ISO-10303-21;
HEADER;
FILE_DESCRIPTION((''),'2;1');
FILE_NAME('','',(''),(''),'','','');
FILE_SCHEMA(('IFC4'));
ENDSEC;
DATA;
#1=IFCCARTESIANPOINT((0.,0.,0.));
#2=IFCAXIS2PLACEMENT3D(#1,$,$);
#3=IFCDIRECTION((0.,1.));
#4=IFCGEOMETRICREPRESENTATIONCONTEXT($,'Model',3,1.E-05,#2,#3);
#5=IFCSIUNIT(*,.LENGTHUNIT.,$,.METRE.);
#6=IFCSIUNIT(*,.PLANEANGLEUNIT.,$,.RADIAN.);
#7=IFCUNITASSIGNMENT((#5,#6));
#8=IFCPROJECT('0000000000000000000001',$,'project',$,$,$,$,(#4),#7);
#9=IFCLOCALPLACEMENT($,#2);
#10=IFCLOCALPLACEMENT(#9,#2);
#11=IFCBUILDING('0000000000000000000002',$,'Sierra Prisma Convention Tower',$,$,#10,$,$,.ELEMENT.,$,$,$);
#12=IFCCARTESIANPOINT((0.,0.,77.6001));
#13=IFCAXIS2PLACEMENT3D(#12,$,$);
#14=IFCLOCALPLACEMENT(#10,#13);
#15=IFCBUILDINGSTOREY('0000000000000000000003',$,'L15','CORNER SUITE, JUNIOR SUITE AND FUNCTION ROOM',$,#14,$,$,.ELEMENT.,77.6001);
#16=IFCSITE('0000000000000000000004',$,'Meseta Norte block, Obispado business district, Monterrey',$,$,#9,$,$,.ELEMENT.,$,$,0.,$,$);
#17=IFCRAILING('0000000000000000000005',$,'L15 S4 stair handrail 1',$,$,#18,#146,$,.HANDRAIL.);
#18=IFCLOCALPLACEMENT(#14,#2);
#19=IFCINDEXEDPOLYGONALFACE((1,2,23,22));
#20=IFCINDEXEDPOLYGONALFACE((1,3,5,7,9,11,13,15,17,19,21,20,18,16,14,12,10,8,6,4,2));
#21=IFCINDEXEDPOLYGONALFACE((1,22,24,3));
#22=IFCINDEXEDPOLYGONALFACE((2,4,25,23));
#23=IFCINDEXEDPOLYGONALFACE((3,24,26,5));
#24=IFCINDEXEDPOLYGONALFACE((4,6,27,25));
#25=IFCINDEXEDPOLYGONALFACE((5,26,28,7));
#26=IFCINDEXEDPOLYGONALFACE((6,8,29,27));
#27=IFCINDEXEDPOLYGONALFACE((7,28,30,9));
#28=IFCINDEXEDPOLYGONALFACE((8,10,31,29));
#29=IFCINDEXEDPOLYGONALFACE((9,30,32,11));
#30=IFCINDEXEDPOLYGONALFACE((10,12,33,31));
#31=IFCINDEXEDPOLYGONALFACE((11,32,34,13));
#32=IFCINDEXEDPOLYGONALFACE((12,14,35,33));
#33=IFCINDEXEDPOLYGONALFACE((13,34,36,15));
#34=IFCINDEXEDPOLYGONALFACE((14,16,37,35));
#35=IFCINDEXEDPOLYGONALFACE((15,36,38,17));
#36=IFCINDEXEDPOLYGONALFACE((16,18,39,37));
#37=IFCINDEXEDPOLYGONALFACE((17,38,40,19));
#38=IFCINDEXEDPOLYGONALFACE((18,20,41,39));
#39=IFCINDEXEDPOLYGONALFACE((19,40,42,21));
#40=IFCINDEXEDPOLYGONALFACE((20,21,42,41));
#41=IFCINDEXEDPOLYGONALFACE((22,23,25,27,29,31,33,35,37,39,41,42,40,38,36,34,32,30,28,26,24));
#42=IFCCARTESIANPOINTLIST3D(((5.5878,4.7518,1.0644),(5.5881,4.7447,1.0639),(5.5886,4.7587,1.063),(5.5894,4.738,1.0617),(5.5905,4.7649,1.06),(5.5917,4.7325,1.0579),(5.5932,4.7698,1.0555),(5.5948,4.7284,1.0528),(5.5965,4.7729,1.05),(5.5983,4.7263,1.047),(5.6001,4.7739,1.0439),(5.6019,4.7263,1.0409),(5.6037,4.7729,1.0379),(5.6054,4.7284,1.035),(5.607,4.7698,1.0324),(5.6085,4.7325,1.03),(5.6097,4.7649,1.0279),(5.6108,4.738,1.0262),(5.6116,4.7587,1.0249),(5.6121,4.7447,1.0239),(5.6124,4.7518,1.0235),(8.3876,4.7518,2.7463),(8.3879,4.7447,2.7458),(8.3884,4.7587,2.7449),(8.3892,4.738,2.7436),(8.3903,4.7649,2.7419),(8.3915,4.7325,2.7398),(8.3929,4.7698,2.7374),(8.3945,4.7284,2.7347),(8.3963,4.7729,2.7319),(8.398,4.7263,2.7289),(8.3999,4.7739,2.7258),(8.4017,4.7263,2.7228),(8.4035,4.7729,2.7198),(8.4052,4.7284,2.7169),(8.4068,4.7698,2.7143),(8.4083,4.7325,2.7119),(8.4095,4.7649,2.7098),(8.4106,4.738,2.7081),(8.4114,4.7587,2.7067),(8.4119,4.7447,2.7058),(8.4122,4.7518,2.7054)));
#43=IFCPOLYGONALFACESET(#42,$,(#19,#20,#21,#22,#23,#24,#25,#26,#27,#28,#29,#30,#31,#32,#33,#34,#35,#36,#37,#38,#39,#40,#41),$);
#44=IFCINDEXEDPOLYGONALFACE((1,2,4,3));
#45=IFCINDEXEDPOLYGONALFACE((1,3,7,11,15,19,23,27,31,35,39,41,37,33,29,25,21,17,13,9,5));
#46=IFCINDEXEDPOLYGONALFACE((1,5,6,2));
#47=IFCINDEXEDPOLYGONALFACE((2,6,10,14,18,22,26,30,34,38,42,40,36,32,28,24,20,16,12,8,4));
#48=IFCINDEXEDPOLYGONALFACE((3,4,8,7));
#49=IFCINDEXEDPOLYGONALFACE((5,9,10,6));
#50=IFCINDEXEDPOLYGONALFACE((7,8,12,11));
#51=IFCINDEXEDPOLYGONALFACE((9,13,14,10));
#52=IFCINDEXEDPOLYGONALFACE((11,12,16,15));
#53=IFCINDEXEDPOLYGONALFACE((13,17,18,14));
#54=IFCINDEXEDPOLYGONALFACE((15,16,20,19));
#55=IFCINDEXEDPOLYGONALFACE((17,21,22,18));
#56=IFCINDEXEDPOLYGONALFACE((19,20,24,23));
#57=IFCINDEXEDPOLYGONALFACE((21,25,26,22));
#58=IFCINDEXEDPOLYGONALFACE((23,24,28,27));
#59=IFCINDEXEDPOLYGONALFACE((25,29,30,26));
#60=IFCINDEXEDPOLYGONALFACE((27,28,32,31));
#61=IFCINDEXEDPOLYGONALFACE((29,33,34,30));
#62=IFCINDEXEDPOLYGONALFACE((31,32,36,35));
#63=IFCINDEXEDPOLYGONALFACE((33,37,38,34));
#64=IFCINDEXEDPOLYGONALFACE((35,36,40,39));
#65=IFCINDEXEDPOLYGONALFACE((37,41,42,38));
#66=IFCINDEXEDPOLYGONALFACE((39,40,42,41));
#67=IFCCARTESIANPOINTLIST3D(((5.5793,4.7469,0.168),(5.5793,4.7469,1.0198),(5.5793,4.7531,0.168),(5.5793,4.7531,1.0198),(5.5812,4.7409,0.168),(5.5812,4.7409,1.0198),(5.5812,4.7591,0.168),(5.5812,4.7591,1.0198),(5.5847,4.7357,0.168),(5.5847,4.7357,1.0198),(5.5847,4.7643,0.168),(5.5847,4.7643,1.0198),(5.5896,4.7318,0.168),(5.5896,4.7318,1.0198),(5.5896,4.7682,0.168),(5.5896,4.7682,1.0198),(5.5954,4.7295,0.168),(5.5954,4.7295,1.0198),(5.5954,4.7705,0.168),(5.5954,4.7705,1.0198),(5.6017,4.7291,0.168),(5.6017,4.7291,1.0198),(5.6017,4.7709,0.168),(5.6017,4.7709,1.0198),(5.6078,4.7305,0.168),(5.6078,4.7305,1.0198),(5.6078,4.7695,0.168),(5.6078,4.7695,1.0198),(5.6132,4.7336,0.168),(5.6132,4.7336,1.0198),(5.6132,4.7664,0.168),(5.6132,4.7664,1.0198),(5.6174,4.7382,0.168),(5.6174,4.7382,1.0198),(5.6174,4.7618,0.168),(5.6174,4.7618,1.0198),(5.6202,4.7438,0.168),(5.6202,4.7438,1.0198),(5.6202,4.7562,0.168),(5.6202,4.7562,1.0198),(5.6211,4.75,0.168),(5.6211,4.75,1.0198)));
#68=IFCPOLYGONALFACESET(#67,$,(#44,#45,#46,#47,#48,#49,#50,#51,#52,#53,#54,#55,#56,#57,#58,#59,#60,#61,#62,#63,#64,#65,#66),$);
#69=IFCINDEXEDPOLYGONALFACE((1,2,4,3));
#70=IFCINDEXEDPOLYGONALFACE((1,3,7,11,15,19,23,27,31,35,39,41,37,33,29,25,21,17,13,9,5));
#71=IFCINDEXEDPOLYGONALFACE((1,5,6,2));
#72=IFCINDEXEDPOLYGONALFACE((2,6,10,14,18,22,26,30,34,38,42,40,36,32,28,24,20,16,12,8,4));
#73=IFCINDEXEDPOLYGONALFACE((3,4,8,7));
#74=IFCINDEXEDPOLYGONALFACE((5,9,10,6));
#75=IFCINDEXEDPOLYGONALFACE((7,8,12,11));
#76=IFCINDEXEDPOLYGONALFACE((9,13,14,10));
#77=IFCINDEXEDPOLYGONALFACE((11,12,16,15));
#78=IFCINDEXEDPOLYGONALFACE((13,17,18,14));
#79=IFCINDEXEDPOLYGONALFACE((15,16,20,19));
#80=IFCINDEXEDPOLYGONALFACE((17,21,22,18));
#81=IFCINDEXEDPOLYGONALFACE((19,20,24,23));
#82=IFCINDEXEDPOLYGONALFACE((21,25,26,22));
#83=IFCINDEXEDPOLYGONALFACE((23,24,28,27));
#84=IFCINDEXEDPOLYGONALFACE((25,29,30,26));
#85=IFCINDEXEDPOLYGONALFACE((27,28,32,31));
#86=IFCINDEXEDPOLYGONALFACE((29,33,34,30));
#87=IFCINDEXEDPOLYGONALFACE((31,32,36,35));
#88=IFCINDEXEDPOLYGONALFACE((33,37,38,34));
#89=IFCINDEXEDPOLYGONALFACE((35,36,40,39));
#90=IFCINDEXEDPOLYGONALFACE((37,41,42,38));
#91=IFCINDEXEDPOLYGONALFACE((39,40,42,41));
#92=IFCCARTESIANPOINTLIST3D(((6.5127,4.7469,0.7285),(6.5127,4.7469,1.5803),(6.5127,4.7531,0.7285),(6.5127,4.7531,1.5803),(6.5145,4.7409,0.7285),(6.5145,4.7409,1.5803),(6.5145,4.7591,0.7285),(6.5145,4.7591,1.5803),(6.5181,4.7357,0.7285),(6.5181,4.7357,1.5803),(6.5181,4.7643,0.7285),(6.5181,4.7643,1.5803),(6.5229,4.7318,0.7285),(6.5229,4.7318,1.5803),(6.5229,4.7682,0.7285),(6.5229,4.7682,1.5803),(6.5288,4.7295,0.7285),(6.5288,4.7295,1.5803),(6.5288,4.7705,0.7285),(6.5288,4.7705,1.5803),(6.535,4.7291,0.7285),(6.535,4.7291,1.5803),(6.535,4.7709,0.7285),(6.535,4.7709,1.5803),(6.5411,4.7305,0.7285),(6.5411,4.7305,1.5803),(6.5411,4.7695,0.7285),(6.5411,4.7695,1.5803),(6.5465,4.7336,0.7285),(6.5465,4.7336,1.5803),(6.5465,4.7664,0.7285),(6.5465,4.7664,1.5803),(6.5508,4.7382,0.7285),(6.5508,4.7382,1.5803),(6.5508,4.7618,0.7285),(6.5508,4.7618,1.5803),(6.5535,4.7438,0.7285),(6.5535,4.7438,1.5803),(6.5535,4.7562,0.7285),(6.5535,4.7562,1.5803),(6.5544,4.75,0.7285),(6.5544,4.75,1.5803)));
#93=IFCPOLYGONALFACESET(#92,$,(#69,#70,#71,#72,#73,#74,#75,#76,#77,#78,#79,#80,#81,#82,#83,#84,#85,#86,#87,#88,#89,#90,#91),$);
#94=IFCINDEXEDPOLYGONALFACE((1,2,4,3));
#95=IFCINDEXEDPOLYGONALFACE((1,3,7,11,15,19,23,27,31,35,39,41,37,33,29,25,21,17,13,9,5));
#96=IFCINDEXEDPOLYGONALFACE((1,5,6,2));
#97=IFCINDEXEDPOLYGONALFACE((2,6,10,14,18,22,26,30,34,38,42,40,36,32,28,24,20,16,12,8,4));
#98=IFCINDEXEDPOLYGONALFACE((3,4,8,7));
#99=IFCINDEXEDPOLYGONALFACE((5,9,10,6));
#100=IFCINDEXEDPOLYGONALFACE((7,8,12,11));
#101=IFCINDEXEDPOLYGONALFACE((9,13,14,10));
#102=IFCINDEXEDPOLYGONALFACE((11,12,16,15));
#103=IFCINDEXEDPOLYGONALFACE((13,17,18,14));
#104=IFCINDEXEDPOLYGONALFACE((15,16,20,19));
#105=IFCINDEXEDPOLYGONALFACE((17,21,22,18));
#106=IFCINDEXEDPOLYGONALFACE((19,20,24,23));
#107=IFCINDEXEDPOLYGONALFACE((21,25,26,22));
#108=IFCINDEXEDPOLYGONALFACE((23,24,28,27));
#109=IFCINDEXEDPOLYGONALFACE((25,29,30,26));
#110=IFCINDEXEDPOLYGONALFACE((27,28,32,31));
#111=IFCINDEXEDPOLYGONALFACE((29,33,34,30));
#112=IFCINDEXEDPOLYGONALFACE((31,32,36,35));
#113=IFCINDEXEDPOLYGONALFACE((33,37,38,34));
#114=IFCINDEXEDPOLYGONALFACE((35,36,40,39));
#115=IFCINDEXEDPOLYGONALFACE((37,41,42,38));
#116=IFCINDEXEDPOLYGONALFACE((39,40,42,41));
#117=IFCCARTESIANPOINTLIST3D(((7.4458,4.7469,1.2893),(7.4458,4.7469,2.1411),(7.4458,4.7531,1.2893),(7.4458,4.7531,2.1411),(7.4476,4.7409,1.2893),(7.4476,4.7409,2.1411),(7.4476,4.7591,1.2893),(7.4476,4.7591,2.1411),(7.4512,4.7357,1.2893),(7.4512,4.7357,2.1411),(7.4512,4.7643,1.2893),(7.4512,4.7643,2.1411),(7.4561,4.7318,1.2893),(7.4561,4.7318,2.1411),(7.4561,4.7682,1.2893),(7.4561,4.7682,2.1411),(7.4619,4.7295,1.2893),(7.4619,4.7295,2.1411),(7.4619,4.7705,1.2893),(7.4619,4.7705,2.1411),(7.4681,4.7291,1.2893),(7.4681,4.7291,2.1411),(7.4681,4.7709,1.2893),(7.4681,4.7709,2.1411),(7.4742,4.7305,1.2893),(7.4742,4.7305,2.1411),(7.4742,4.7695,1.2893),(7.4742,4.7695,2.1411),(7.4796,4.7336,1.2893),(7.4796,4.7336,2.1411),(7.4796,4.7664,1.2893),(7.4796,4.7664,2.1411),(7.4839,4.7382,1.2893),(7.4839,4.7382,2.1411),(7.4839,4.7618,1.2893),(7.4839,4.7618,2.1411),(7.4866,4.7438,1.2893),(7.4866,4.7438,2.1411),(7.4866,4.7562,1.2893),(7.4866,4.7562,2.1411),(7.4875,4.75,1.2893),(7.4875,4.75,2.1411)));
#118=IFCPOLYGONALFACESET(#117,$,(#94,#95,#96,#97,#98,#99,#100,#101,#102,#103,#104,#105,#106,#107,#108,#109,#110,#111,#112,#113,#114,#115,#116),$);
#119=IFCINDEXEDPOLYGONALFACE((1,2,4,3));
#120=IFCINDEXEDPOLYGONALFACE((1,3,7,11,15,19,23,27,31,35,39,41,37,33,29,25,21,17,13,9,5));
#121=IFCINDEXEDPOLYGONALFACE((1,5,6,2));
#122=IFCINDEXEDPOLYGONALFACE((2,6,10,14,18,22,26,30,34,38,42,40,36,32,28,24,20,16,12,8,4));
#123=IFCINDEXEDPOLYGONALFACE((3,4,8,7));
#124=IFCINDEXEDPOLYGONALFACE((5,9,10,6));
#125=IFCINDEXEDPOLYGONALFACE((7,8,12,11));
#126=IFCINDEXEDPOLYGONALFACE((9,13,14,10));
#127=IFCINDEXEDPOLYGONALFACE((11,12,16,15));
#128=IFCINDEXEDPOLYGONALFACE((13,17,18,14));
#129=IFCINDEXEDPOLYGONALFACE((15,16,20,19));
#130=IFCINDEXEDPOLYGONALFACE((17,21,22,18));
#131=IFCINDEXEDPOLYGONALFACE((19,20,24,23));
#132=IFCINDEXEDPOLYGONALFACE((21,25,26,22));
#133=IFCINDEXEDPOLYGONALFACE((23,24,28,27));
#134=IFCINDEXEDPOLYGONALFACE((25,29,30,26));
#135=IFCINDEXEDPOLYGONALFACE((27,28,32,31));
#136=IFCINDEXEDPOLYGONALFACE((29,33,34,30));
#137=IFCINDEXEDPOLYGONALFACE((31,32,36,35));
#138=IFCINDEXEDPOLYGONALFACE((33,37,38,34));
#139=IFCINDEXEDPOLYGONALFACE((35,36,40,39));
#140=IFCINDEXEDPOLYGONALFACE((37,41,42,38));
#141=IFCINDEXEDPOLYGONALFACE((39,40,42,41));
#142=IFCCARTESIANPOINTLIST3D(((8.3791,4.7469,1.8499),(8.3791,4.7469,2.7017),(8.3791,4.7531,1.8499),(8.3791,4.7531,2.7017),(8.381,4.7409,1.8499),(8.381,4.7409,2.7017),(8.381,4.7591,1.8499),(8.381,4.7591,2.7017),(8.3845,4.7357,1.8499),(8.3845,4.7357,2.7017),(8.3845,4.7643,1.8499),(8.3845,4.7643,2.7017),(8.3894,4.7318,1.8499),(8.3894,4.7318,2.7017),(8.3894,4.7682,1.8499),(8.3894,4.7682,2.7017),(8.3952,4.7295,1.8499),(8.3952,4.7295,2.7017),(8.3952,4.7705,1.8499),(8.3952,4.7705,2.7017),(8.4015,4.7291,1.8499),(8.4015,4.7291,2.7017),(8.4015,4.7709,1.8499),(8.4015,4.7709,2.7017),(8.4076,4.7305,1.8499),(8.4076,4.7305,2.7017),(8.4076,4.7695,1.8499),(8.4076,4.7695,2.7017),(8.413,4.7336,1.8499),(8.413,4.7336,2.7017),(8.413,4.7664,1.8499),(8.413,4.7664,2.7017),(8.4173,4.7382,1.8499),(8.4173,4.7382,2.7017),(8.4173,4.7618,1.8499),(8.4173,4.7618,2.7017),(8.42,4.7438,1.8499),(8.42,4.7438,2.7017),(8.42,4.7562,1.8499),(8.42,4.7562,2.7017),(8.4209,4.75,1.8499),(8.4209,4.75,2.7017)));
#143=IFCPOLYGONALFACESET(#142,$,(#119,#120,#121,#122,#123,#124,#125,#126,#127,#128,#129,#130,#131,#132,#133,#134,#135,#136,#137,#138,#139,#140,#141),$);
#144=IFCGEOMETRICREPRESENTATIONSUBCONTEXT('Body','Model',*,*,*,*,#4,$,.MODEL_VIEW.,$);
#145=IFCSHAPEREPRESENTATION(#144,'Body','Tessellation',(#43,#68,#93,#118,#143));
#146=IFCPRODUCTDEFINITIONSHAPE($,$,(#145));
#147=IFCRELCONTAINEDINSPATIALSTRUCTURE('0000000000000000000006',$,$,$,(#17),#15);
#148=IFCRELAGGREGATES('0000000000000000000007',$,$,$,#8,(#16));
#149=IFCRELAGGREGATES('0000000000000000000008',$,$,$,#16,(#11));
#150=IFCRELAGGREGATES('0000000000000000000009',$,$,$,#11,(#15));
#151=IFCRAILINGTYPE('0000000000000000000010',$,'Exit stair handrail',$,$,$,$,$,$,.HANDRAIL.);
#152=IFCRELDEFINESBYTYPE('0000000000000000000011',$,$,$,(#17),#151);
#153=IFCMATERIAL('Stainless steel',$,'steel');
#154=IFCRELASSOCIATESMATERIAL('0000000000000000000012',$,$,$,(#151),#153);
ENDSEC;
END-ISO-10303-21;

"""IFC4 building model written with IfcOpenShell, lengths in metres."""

from ifc_helpers import new_model, si_unit, direction, frame, origin, origin_2d, place, context, subcontext, project, spatial, circle, extrude, material, type_object, element, save


model = new_model("IFC4")

# Units and contexts
model_context = context("Model", 3, precision=1e-05, world=origin(), true_north=direction((0.0, 1.0)))
body_context = subcontext(model_context, "Body", "Model", "MODEL_VIEW")
ifc_project = project(units=[si_unit("LENGTHUNIT", "METRE"), si_unit("PLANEANGLEUNIT", "RADIAN")], contexts=[model_context])

# Site, building, storey
site_placement = place(None, origin())
site = spatial("IfcSite", under=ifc_project, at=site_placement, Name="Meseta Norte block, Obispado business district, Monterrey", CompositionType="ELEMENT", RefElevation=0.0)
building_placement = place(site_placement, origin())
building = spatial("IfcBuilding", under=site, at=building_placement, Name="Sierra Prisma Convention Tower", CompositionType="ELEMENT")
storey_placement = place(building_placement, frame((0.0, 0.0, 77.6001)))
storey = spatial("IfcBuildingStorey", under=building, at=storey_placement, Name="L15", Description="CORNER SUITE, JUNIOR SUITE AND FUNCTION ROOM", CompositionType="ELEMENT", Elevation=77.6001)

# Railing
ifc_material_1 = material(Name="Stainless steel", Category="steel")
railing_type_1 = type_object("IfcRailingType", Name="Exit stair handrail", PredefinedType="HANDRAIL", material=ifc_material_1)
railing_1_placement = place(storey_placement, frame((5.6001, 4.75, 0.168)))
element("IfcRailing", 1, at=railing_1_placement, inside=storey, type_object=railing_type_1, Name="L15 S4 stair handrail 1", PredefinedType="HANDRAIL", context=body_context, shape_type="SweptSolid", body=[
    extrude(circle(Radius=0.0239, at=origin_2d()), frame((0.0, 0.0, 0.876), z_axis=(0.857222, 0.0, 0.514946), x_axis=(0.0, 1.0, 0.0)), (0.0, 0.0, 1.0), 3.2661),
    extrude(circle(Radius=0.021, at=origin_2d()), origin(), (0.0, 0.0, 1.0), 0.8518),
    extrude(circle(Radius=0.021, at=origin_2d()), frame((0.9333, 0.0, 0.5605)), (0.0, 0.0, 1.0), 0.8518),
    extrude(circle(Radius=0.021, at=origin_2d()), frame((1.8665, 0.0, 1.1213)), (0.0, 0.0, 1.0), 0.8518),
    extrude(circle(Radius=0.021, at=origin_2d()), frame((2.7998, 0.0, 1.6819)), (0.0, 0.0, 1.0), 0.8518),
])

save(model, "model.ifc")
